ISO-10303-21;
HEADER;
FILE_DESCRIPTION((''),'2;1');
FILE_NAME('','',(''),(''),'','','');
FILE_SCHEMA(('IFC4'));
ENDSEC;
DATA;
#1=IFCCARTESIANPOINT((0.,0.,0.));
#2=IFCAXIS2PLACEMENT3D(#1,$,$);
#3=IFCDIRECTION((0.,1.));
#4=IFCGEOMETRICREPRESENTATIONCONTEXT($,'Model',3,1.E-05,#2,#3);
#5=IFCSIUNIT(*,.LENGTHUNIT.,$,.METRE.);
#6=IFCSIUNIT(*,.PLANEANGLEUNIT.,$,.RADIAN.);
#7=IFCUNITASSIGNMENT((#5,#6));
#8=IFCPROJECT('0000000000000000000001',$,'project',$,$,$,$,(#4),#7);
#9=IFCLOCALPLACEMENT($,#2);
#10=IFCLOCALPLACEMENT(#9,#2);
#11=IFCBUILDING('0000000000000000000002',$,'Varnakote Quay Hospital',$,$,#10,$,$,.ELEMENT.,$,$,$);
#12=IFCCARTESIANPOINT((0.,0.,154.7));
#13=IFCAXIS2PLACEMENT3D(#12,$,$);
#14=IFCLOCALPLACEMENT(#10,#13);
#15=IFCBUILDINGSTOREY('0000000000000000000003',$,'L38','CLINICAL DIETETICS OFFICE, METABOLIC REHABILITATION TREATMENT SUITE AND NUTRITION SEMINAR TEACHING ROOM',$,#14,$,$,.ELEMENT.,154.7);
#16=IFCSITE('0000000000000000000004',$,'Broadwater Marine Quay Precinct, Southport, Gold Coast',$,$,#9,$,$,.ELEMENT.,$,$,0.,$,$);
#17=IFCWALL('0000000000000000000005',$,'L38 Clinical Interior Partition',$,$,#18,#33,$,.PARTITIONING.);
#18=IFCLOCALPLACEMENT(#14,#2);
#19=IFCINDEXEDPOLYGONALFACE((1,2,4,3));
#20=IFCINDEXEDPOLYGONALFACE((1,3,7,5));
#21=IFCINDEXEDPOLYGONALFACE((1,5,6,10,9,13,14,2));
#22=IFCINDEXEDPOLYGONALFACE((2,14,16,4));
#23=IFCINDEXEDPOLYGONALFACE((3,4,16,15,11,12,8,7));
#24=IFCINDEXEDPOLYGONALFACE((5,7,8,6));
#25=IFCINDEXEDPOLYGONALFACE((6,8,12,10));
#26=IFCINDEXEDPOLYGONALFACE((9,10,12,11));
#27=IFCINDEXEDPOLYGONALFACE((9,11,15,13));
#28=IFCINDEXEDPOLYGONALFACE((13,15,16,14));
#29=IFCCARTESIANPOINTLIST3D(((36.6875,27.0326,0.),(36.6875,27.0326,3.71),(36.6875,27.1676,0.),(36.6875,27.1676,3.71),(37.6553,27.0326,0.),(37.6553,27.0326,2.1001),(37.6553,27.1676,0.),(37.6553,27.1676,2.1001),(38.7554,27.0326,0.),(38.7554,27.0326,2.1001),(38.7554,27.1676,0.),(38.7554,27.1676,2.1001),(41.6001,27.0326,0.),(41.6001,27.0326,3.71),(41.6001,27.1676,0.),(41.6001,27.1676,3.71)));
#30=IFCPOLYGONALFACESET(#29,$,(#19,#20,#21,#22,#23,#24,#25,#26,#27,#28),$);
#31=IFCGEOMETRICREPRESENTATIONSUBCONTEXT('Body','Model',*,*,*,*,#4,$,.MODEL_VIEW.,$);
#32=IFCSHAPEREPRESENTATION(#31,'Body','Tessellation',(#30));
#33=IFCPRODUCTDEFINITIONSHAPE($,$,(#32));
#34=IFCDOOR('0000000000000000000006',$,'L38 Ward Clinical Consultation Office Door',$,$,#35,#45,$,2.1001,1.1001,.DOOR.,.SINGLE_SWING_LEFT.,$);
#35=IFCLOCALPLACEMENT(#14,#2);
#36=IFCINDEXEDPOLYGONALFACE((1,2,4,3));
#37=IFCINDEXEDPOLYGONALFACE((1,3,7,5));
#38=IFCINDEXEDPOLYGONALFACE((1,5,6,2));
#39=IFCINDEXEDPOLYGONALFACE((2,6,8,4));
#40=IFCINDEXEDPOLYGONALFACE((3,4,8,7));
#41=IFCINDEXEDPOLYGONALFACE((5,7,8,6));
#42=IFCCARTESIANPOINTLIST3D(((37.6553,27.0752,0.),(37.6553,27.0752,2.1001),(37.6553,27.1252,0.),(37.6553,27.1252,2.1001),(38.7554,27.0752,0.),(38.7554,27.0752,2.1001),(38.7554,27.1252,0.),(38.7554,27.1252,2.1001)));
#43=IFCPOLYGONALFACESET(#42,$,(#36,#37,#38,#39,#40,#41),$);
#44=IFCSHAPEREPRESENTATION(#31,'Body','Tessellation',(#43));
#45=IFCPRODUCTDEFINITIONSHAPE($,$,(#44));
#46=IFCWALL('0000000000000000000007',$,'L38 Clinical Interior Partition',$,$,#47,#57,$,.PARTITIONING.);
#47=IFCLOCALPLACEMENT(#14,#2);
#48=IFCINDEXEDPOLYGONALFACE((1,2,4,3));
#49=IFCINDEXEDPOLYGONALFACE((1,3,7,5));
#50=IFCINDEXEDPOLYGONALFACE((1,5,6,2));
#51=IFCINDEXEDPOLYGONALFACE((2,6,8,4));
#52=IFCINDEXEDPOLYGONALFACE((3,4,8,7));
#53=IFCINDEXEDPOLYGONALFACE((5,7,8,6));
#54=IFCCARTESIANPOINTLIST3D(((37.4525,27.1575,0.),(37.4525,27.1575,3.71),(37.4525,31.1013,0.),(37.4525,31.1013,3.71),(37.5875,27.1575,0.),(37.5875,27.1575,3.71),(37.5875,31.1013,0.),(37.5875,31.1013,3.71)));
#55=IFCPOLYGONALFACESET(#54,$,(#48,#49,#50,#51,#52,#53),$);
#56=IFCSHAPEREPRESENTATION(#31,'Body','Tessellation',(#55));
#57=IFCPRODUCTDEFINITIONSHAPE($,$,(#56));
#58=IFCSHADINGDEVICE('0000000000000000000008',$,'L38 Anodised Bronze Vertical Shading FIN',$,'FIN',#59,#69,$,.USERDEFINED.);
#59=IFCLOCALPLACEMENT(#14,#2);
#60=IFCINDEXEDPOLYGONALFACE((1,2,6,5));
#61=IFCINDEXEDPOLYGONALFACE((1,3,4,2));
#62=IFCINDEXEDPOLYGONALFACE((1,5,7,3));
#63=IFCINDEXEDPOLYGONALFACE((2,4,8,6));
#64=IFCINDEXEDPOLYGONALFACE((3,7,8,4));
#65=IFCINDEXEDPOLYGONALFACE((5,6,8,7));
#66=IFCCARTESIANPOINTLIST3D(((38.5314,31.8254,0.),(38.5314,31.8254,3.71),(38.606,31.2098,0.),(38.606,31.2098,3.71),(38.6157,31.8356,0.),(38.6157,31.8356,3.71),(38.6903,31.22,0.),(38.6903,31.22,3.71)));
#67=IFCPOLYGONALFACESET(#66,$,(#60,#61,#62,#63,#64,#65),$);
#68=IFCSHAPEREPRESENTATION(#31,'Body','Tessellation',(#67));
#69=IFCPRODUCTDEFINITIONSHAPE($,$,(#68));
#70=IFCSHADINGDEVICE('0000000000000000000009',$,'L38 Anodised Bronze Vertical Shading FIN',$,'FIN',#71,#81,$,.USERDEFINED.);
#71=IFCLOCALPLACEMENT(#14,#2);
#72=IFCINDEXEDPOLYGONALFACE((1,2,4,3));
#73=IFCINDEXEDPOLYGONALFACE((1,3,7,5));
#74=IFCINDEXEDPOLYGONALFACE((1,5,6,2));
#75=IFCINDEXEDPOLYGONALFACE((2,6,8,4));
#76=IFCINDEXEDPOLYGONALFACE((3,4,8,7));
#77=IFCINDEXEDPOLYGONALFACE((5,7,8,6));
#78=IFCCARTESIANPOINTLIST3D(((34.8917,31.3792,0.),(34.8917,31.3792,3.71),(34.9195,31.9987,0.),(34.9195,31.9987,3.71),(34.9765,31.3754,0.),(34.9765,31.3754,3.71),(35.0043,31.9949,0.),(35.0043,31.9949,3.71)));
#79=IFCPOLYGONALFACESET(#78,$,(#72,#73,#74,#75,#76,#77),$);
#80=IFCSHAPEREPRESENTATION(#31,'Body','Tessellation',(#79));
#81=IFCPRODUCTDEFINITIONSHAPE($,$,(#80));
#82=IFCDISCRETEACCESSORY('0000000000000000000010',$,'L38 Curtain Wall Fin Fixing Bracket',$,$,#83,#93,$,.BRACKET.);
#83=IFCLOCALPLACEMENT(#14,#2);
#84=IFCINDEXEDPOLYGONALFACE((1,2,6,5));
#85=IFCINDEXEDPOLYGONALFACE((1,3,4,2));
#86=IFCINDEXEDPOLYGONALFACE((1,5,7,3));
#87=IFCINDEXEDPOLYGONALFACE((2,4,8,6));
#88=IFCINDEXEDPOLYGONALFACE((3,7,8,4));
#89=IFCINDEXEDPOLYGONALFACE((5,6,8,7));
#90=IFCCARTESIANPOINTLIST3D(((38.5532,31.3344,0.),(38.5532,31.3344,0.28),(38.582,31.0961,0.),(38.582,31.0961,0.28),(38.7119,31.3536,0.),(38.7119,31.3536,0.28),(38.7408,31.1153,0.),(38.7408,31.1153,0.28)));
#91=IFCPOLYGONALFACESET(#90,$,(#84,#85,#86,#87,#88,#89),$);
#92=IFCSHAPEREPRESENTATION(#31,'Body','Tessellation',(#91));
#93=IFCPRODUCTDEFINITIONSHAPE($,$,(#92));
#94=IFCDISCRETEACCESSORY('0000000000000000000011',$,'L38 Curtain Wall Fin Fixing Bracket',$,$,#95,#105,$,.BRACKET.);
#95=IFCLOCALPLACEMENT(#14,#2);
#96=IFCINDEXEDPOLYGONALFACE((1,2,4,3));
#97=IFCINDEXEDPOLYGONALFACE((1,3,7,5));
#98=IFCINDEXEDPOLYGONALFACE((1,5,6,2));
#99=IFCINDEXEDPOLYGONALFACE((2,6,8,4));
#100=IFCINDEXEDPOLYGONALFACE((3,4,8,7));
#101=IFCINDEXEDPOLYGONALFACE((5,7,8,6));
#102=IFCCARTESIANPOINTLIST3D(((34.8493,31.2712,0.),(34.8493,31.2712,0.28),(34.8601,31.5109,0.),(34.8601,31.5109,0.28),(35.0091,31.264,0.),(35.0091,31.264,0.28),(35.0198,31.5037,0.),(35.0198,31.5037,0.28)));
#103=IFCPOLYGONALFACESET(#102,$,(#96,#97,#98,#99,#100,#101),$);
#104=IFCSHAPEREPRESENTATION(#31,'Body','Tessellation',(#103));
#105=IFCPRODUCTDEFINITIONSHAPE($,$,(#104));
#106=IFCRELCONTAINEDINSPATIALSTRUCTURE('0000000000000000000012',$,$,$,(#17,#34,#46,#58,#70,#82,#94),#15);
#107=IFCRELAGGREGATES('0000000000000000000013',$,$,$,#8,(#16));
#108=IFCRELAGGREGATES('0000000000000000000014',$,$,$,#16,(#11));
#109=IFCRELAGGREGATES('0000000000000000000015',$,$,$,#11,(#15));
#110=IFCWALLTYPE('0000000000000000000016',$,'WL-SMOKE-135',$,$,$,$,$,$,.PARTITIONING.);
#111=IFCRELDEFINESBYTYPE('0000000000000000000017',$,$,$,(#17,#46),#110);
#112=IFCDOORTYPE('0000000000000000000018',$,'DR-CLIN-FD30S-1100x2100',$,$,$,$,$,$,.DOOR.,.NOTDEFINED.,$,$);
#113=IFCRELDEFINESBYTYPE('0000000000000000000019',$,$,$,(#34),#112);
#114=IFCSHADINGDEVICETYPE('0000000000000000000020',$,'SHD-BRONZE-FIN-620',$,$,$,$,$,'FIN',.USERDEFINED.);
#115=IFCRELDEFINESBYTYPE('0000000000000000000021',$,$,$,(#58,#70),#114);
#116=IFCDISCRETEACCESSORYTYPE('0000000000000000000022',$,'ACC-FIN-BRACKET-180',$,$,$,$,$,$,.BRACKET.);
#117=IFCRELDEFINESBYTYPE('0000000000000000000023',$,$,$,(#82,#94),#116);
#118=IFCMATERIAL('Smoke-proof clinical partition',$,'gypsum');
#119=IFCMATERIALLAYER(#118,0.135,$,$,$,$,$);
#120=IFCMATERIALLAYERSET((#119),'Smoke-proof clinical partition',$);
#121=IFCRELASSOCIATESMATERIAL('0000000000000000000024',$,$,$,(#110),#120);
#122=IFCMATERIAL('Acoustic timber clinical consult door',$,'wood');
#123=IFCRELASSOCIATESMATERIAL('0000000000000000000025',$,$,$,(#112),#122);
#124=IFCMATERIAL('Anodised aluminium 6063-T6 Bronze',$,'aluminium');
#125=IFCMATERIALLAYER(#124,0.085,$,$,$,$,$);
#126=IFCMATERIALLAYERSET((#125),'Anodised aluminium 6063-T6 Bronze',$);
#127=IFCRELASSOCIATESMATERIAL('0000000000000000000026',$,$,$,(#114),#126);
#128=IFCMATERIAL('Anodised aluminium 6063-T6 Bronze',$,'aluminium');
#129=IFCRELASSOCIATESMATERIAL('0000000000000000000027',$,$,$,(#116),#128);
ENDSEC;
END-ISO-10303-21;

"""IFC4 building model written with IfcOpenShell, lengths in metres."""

from ifc_helpers import new_model, si_unit, direction, frame, frame_2d, origin, origin_2d, place, context, subcontext, project, spatial, rectangle, extrude, material, layer, layer_set, type_object, element, fill, save


model = new_model("IFC4")

# Units and contexts
model_context = context("Model", 3, precision=1e-05, world=origin(), true_north=direction((0.0, 1.0)))
body_context = subcontext(model_context, "Body", "Model", "MODEL_VIEW")
ifc_project = project(units=[si_unit("LENGTHUNIT", "METRE"), si_unit("PLANEANGLEUNIT", "RADIAN")], contexts=[model_context])

# Site, building, storey
site_placement = place(None, origin())
site = spatial("IfcSite", under=ifc_project, at=site_placement, Name="Broadwater Marine Quay Precinct, Southport, Gold Coast", CompositionType="ELEMENT", RefElevation=0.0)
building_placement = place(site_placement, origin())
building = spatial("IfcBuilding", under=site, at=building_placement, Name="Varnakote Quay Hospital", CompositionType="ELEMENT")
storey_placement = place(building_placement, frame((0.0, 0.0, 154.7)))
storey = spatial("IfcBuildingStorey", under=building, at=storey_placement, Name="L38", Description="CLINICAL DIETETICS OFFICE, METABOLIC REHABILITATION TREATMENT SUITE AND NUTRITION SEMINAR TEACHING ROOM", CompositionType="ELEMENT", Elevation=154.7)

# Shared definitions
ifc_material_1 = material(Name="Smoke-proof clinical partition", Category="gypsum")
ifc_layer_1 = layer(ifc_material_1, 0.135)
ifc_layer_set_1 = layer_set([ifc_layer_1], Name="Smoke-proof clinical partition")
wall_type = type_object("IfcWallType", Name="WL-SMOKE-135", PredefinedType="PARTITIONING", material=ifc_layer_set_1)

# Wall, opening, door
wall_1_placement = place(storey_placement, frame((41.6001, 27.1001, 0.0), z_axis=(0.0, 0.0, 1.0), x_axis=(-1.0, 0.0, 0.0)))
wall_1 = element("IfcWall", 1, at=wall_1_placement, inside=storey, type_object=wall_type, Name="L38 Clinical Interior Partition", PredefinedType="PARTITIONING", context=body_context, shape_type="SweptSolid", body=[
    extrude(rectangle(XDim=4.9126, YDim=0.135, at=frame_2d((2.4563, 0.0))), origin(), (0.0, 0.0, 1.0), 3.71),
])
opening_placement = place(wall_1_placement, frame((2.8447, 0.0, 0.0)))
opening = element("IfcOpeningElement", 2, at=opening_placement, cuts=wall_1, PredefinedType="OPENING", context=body_context, shape_type="SweptSolid", body=[
    extrude(rectangle(XDim=1.1001, YDim=2.1001, at=frame_2d((0.55, 1.05))), frame((0.0, 0.0774, 0.0), z_axis=(0.0, -1.0, 0.0), x_axis=(1.0, 0.0, 0.0)), (0.0, 0.0, 1.0), 0.155),
])
ifc_material_2 = material(Name="Acoustic timber clinical consult door", Category="wood")
door_type = type_object("IfcDoorType", Name="DR-CLIN-FD30S-1100x2100", OperationType="NOTDEFINED", PredefinedType="DOOR", material=ifc_material_2)
door_placement = place(opening_placement, origin())
door = element("IfcDoor", 3, at=door_placement, inside=storey, type_object=door_type, Name="L38 Ward Clinical Consultation Office Door", OperationType="SINGLE_SWING_LEFT", OverallHeight=2.1001, OverallWidth=1.1001, PredefinedType="DOOR", context=body_context, shape_type="SweptSolid", body=[
    extrude(rectangle(XDim=1.1001, YDim=2.1001, at=frame_2d((0.55, 1.05))), frame((0.0, 0.0249, 0.0), z_axis=(0.0, -1.0, 0.0), x_axis=(1.0, 0.0, 0.0)), (0.0, 0.0, 1.0), 0.05),
])
fill(opening, door)

# Wall
wall_2_placement = place(storey_placement, frame((37.52, 27.1575, 0.0), z_axis=(0.0, 0.0, 1.0), x_axis=(0.0, 1.0, 0.0)))
element("IfcWall", 4, at=wall_2_placement, inside=storey, type_object=wall_type, Name="L38 Clinical Interior Partition", PredefinedType="PARTITIONING", context=body_context, shape_type="SweptSolid", body=[
    extrude(rectangle(XDim=3.9438, YDim=0.135, at=frame_2d((1.9719, 0.0))), origin(), (0.0, 0.0, 1.0), 3.71),
])

# Shading devices
ifc_material_3 = material(Name="Anodised aluminium 6063-T6 Bronze", Category="aluminium")
ifc_layer_2 = layer(ifc_material_3, 0.085)
ifc_layer_set_2 = layer_set([ifc_layer_2], Name="Anodised aluminium 6063-T6 Bronze")
shading_device_type = type_object("IfcShadingDeviceType", Name="SHD-BRONZE-FIN-620", ElementType="FIN", PredefinedType="USERDEFINED", material=ifc_layer_set_2)
for number, where, z_axis, x_axis, name in (
    (5, (38.6108, 31.5227, 0.0), (0.0, 0.0, 1.0), (0.12031, -0.992736, 0.0), "L38 Anodised Bronze Vertical Shading FIN"),
    (6, (34.948, 31.687, 0.0), (0.0, 0.0, 1.0), (-0.04484, -0.998994, 0.0), "L38 Anodised Bronze Vertical Shading FIN"),
):
    element("IfcShadingDevice", number, at=place(storey_placement, frame(where, z_axis=z_axis, x_axis=x_axis)), inside=storey, type_object=shading_device_type, Name=name, ObjectType="FIN", PredefinedType="USERDEFINED", context=body_context, shape_type="SweptSolid", body=[
        extrude(rectangle(XDim=0.6201, YDim=0.085, at=origin_2d()), origin(), (0.0, 0.0, 1.0), 3.71),
    ])

# Discrete accessories
ifc_material_4 = material(Name="Anodised aluminium 6063-T6 Bronze", Category="aluminium")
discrete_accessory_type = type_object("IfcDiscreteAccessoryType", Name="ACC-FIN-BRACKET-180", PredefinedType="BRACKET", material=ifc_material_4)
for number, where, z_axis, x_axis, name in (
    (7, (38.647, 31.2249, 0.0), (0.0, 0.0, 1.0), (-0.992736, -0.12031, 0.0), "L38 Curtain Wall Fin Fixing Bracket"),
    (8, (34.9346, 31.3875, 0.0), (0.0, 0.0, 1.0), (-0.998994, 0.04484, 0.0), "L38 Curtain Wall Fin Fixing Bracket"),
):
    element("IfcDiscreteAccessory", number, at=place(storey_placement, frame(where, z_axis=z_axis, x_axis=x_axis)), inside=storey, type_object=discrete_accessory_type, Name=name, PredefinedType="BRACKET", context=body_context, shape_type="SweptSolid", body=[
        extrude(rectangle(XDim=0.1599, YDim=0.24, at=origin_2d()), origin(), (0.0, 0.0, 1.0), 0.28),
    ])

save(model, "model.ifc")
